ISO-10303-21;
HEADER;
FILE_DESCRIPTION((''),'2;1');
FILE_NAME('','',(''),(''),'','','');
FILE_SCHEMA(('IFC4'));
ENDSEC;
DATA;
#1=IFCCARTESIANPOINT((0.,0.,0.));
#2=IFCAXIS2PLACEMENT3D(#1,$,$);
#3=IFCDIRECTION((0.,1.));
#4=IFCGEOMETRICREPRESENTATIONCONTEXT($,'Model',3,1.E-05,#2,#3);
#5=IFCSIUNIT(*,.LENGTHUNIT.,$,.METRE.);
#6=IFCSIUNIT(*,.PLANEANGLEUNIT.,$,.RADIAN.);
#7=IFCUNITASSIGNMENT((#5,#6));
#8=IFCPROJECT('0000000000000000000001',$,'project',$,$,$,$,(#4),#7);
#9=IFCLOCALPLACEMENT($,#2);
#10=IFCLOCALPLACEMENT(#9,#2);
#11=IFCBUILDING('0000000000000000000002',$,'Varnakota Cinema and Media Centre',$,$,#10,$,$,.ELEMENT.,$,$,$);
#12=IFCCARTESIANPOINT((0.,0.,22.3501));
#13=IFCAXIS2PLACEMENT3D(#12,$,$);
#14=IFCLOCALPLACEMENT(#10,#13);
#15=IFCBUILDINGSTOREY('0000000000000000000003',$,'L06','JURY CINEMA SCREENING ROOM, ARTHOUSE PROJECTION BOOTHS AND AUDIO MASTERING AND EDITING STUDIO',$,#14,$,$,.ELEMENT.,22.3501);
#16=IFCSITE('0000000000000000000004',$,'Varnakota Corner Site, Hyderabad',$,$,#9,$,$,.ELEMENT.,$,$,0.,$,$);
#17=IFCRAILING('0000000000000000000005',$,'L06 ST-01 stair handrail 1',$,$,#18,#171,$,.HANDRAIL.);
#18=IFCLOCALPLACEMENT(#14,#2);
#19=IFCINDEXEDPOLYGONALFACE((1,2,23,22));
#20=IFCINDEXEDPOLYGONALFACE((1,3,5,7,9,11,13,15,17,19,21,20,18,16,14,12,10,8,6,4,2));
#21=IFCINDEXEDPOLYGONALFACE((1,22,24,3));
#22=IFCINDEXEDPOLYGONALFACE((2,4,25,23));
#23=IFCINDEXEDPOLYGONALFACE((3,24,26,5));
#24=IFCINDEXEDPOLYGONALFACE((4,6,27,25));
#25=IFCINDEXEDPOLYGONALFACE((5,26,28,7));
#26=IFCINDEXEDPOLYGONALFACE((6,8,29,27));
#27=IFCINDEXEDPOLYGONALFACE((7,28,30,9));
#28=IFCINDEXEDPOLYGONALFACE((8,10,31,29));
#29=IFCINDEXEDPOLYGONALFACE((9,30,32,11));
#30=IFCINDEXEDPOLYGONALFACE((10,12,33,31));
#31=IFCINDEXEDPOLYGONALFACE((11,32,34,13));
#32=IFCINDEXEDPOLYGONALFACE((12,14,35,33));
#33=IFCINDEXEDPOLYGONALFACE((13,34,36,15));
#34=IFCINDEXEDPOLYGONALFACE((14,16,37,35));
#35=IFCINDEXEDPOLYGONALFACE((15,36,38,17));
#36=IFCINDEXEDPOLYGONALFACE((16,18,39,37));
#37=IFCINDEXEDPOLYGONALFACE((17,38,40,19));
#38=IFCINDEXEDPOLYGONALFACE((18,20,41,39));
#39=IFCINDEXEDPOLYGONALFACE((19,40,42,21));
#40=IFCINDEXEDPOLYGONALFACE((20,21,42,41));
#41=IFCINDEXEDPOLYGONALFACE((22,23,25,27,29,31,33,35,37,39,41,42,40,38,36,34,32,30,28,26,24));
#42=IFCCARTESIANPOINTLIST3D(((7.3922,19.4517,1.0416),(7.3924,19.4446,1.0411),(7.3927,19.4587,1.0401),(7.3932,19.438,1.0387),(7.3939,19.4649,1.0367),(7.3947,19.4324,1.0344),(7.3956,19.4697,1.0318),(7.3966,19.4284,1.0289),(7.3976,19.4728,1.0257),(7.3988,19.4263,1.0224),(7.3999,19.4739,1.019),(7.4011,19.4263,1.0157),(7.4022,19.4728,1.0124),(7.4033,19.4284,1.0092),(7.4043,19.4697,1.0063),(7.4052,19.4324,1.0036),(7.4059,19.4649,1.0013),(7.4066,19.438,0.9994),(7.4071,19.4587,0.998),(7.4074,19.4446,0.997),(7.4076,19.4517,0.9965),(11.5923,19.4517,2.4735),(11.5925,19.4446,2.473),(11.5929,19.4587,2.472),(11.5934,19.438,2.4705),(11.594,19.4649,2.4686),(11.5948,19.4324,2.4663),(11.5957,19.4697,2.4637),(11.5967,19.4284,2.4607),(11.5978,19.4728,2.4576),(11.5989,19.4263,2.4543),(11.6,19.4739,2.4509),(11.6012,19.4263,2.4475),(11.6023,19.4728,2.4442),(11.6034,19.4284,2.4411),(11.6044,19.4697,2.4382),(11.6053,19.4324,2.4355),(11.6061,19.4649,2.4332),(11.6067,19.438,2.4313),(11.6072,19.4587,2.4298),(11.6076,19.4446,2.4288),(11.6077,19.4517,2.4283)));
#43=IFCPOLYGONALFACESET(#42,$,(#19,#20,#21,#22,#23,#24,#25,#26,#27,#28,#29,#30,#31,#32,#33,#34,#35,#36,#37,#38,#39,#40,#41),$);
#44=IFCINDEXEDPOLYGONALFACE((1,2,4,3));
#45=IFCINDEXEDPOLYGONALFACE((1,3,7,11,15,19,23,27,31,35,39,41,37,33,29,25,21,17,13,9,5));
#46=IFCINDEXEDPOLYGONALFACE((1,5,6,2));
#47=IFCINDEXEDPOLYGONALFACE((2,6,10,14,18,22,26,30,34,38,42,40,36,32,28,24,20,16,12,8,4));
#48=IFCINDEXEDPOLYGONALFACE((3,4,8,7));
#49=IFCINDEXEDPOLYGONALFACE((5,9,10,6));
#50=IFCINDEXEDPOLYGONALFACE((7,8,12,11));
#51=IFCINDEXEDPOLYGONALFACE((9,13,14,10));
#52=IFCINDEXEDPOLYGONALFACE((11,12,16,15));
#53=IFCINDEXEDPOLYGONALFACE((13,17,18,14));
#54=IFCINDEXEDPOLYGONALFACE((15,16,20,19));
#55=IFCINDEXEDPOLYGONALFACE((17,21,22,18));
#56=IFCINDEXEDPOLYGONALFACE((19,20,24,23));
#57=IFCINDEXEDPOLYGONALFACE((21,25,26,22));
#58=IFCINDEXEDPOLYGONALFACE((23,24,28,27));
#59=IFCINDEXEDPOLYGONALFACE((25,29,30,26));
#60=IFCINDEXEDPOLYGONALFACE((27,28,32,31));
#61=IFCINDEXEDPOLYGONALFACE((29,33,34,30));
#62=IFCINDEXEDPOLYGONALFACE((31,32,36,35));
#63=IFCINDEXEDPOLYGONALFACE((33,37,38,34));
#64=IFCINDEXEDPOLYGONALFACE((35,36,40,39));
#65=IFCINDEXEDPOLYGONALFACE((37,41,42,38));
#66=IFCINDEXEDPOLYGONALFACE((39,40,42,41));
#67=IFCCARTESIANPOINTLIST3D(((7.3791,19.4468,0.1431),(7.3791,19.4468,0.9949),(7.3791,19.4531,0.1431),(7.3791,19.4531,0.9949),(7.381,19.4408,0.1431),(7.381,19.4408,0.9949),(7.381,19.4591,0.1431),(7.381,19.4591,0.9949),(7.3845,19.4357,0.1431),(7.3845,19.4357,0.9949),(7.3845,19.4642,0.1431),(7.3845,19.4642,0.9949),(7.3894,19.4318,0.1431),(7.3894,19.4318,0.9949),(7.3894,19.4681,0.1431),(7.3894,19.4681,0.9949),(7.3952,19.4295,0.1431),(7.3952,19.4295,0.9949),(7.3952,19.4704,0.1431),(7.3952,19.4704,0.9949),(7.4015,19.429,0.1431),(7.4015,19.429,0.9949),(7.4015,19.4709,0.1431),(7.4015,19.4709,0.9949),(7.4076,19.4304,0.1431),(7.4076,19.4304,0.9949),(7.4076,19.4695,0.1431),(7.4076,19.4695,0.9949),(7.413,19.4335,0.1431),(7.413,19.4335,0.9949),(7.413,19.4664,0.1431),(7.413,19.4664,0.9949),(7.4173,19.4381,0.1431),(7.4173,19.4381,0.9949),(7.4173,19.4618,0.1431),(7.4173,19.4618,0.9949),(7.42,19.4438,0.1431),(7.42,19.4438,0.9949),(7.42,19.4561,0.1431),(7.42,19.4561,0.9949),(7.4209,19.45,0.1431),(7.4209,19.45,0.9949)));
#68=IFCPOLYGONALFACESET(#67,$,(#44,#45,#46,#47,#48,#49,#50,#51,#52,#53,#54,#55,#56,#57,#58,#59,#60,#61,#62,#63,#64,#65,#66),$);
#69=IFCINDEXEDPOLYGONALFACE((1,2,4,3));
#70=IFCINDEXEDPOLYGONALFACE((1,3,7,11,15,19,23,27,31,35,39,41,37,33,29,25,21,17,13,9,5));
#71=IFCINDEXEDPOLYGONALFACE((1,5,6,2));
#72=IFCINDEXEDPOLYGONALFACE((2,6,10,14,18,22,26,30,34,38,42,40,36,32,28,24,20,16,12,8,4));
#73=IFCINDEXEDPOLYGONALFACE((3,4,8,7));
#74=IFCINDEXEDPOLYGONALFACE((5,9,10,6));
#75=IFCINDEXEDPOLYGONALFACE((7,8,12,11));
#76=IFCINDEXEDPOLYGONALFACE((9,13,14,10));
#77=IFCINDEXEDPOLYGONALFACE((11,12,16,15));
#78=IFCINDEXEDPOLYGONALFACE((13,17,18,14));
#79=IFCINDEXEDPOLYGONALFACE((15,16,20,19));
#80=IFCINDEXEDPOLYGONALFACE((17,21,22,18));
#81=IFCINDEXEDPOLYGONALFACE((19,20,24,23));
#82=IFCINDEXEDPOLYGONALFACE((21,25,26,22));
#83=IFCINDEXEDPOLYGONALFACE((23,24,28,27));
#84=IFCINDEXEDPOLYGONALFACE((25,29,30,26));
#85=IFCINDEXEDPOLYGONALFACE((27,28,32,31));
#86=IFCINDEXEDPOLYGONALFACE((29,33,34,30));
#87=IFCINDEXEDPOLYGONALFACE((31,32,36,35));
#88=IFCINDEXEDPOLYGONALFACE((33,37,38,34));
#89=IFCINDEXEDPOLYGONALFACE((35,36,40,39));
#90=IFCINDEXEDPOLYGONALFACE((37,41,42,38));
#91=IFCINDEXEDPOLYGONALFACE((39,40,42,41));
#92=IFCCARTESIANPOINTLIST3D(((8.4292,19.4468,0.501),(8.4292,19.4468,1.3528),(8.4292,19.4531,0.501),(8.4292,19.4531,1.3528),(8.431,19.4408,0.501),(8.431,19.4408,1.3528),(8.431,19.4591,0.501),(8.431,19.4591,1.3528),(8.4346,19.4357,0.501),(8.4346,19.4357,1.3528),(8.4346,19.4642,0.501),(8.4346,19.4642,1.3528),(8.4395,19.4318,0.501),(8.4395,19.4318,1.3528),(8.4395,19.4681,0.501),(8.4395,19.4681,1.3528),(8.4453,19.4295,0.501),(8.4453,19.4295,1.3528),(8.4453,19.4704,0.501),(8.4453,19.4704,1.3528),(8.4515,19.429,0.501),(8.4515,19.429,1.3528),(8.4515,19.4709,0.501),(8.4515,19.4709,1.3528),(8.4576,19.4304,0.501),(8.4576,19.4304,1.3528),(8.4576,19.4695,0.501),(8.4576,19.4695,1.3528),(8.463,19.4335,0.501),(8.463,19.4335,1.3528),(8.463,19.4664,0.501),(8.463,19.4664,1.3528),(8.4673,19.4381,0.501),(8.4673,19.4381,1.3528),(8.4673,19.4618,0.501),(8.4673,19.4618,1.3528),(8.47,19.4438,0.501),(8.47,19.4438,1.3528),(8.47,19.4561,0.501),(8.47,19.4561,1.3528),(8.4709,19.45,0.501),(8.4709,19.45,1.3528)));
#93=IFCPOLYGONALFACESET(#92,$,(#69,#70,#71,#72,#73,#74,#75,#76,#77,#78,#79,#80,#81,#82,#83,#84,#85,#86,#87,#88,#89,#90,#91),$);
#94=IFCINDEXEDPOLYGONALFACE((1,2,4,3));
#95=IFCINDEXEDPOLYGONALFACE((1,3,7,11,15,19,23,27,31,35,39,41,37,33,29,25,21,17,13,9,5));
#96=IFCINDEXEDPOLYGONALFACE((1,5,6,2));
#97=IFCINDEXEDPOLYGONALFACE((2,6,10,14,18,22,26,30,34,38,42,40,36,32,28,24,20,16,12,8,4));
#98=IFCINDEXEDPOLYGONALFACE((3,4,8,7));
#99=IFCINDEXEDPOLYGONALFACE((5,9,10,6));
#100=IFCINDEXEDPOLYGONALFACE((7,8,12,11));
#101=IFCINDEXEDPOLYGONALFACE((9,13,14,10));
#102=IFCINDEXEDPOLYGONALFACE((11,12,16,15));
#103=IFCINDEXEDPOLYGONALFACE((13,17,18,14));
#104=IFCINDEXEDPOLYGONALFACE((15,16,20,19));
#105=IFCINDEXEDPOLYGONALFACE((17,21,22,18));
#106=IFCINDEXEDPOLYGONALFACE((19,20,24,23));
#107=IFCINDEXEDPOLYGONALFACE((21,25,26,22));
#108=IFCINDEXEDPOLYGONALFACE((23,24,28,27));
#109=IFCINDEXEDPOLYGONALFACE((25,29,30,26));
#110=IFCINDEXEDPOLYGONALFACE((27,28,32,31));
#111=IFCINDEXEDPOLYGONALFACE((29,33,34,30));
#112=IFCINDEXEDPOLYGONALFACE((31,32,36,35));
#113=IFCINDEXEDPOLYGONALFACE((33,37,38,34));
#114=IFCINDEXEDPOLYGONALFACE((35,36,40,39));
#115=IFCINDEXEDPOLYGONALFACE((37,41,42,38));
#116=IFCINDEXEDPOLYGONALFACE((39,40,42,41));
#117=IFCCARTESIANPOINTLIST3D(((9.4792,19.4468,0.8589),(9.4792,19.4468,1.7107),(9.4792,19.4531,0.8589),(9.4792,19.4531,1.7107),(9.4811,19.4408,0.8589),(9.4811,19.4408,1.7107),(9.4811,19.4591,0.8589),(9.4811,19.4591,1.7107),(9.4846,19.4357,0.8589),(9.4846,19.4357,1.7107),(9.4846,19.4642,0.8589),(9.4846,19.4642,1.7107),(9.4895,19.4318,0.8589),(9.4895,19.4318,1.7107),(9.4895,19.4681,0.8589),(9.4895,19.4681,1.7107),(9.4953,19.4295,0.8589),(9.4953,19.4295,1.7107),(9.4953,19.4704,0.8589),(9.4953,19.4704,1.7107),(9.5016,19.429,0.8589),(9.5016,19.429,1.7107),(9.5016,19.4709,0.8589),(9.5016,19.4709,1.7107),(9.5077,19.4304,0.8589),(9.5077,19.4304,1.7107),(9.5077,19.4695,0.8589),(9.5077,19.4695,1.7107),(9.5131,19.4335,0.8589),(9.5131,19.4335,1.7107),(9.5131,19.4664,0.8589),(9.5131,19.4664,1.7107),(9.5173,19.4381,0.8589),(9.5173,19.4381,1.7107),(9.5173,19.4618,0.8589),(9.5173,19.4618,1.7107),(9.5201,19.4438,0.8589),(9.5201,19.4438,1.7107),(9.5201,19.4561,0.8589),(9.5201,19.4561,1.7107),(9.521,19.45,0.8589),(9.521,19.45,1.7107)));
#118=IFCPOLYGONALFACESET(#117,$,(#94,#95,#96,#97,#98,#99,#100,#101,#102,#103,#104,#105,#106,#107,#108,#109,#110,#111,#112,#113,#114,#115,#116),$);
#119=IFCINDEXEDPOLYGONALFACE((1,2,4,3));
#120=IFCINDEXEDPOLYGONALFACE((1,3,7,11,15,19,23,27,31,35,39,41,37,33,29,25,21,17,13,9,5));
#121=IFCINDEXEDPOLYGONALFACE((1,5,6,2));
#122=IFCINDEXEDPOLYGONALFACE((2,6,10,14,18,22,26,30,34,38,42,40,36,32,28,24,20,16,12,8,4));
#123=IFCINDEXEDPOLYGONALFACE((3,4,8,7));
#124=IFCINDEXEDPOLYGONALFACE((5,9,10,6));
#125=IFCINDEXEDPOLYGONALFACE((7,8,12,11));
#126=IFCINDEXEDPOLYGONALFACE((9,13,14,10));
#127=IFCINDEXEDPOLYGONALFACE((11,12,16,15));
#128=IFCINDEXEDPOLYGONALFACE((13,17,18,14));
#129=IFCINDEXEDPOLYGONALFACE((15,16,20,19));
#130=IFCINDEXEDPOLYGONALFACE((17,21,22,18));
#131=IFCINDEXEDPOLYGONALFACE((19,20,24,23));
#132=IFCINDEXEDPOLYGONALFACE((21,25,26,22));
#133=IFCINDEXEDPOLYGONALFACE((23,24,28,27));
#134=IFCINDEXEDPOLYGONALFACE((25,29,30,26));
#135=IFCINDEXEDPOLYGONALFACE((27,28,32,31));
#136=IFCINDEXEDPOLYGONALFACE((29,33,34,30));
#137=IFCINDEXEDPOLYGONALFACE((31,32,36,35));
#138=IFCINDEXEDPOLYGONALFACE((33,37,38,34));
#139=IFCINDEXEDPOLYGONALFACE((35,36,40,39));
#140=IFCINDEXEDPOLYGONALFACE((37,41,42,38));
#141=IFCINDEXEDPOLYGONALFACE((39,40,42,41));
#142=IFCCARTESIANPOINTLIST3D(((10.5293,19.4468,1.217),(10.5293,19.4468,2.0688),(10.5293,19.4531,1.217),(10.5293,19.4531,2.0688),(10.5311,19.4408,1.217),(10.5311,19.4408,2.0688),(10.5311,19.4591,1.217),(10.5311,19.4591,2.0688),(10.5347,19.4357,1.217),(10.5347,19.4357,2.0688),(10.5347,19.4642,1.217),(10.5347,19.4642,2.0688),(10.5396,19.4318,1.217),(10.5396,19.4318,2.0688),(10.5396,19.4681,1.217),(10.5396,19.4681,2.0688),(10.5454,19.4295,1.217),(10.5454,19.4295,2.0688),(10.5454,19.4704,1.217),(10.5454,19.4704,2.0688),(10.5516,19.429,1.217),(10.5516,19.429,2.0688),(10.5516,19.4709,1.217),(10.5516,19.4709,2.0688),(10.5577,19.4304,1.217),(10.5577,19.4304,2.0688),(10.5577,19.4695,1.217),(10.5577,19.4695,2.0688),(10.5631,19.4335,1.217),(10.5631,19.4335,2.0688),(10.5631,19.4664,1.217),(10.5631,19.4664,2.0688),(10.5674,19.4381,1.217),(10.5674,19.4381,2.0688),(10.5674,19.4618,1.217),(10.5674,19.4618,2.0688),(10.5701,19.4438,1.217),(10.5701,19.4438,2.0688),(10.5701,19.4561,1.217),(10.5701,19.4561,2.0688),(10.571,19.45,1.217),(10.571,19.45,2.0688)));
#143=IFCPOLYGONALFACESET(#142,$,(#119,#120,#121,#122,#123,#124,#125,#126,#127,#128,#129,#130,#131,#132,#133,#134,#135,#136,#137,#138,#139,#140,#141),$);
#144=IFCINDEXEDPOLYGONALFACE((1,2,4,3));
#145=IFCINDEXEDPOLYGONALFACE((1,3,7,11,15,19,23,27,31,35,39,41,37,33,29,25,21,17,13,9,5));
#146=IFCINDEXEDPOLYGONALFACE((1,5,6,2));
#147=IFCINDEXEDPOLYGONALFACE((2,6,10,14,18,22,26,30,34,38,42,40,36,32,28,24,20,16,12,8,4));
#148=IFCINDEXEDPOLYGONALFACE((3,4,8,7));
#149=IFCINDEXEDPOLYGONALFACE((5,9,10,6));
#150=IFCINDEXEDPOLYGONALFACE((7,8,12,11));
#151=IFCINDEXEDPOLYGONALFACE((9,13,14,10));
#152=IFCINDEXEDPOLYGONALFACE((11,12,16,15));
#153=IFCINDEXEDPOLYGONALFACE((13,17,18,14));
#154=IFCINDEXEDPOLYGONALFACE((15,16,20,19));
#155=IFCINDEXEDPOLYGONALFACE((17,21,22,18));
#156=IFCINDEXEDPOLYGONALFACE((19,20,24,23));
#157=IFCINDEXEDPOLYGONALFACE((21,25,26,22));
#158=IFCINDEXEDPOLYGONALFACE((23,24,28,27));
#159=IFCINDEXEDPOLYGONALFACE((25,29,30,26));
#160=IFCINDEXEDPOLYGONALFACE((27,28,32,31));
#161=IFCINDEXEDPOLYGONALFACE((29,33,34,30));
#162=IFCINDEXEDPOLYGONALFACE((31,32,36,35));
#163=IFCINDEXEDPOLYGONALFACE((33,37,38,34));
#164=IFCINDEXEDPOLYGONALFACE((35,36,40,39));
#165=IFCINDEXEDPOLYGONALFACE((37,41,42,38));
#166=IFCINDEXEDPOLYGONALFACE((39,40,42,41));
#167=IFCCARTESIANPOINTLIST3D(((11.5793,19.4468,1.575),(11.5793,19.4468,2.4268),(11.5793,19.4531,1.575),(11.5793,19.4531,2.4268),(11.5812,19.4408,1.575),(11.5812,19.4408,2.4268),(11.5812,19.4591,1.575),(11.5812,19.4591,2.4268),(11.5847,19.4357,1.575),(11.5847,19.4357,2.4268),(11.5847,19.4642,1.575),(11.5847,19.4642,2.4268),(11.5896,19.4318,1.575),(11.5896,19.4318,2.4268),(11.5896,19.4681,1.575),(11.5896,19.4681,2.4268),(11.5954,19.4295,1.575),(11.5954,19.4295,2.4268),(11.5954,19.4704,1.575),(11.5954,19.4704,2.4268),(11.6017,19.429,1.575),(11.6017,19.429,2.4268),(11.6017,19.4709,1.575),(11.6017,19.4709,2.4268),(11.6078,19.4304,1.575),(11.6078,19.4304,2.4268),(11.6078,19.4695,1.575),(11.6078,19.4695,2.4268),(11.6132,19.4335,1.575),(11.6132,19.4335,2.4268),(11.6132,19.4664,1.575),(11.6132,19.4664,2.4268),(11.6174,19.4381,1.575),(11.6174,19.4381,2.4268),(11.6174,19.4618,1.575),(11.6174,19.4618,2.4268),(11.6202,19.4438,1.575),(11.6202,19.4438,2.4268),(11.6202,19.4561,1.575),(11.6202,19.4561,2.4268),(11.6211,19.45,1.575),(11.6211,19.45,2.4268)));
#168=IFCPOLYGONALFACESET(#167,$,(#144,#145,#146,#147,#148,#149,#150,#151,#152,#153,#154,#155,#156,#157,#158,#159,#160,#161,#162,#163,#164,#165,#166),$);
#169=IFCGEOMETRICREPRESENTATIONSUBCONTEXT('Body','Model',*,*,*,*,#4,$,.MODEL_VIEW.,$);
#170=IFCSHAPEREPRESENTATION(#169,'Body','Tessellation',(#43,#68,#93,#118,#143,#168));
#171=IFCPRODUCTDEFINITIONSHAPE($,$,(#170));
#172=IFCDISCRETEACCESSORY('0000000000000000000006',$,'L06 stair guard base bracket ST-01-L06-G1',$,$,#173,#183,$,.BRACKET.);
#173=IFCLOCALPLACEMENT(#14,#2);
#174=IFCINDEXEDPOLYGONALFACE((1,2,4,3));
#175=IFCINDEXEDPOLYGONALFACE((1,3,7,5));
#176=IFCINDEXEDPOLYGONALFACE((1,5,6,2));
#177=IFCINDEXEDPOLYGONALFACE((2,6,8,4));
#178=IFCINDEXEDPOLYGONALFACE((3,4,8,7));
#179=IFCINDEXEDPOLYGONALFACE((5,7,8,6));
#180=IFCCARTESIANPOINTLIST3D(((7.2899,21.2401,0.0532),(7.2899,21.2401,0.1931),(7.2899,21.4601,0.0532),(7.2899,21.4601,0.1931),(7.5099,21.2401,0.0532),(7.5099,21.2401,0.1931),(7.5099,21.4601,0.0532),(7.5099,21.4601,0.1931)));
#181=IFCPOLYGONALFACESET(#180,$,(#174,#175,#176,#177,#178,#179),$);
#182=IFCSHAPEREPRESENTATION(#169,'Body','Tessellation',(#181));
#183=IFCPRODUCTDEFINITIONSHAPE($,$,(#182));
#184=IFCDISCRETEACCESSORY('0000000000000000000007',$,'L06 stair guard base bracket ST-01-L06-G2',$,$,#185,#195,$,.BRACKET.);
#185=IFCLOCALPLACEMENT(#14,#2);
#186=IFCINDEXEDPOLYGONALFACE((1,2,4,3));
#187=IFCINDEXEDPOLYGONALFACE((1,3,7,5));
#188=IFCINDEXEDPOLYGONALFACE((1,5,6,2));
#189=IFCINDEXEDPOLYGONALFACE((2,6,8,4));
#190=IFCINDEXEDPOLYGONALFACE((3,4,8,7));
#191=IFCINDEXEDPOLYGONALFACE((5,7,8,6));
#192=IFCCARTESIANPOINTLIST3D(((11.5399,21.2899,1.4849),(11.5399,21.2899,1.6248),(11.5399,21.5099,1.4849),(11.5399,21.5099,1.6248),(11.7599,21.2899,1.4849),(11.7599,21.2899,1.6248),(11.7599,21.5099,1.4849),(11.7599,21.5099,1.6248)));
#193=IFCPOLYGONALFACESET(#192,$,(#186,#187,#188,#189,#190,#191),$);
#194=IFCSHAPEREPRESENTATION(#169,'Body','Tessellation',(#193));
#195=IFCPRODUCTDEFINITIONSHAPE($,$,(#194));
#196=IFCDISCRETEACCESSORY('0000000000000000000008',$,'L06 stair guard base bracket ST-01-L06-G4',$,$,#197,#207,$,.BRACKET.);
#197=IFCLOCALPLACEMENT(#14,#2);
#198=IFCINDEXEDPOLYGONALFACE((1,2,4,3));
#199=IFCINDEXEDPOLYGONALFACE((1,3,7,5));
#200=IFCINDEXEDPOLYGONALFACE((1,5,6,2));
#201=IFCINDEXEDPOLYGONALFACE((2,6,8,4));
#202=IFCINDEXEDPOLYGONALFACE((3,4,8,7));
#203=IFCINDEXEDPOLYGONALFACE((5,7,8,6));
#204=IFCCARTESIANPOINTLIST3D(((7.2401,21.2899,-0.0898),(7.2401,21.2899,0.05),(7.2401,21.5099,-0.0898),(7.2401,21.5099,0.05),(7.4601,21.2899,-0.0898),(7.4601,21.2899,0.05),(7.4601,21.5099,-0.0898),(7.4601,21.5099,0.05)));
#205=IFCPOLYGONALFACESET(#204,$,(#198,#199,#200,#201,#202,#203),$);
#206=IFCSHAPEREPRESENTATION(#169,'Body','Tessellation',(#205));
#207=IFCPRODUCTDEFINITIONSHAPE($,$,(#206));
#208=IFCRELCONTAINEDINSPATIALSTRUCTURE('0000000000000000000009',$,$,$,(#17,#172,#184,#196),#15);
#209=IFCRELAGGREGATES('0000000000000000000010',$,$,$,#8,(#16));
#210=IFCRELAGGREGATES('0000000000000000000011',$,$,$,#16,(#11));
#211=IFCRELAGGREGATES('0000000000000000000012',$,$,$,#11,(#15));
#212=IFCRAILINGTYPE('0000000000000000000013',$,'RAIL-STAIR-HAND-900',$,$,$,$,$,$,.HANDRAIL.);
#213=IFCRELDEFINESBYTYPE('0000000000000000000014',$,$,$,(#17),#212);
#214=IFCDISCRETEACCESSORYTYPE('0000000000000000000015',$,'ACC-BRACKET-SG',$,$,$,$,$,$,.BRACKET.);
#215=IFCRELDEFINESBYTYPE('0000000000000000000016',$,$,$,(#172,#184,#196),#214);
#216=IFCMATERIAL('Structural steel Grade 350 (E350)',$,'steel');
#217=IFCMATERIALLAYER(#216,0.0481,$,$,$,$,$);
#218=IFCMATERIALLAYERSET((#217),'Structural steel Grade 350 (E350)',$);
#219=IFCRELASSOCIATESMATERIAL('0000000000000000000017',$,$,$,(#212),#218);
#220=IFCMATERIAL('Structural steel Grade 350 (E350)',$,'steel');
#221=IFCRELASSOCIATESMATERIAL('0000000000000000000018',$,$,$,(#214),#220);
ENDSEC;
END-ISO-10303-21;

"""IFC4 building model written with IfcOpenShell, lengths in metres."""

from ifc_helpers import new_model, si_unit, direction, frame, origin, origin_2d, place, context, subcontext, project, spatial, rectangle, circle, extrude, material, layer, layer_set, type_object, element, save


model = new_model("IFC4")

# Units and contexts
model_context = context("Model", 3, precision=1e-05, world=origin(), true_north=direction((0.0, 1.0)))
body_context = subcontext(model_context, "Body", "Model", "MODEL_VIEW")
ifc_project = project(units=[si_unit("LENGTHUNIT", "METRE"), si_unit("PLANEANGLEUNIT", "RADIAN")], contexts=[model_context])

# Site, building, storey
site_placement = place(None, origin())
site = spatial("IfcSite", under=ifc_project, at=site_placement, Name="Varnakota Corner Site, Hyderabad", CompositionType="ELEMENT", RefElevation=0.0)
building_placement = place(site_placement, origin())
building = spatial("IfcBuilding", under=site, at=building_placement, Name="Varnakota Cinema and Media Centre", CompositionType="ELEMENT")
storey_placement = place(building_placement, frame((0.0, 0.0, 22.3501)))
storey = spatial("IfcBuildingStorey", under=building, at=storey_placement, Name="L06", Description="JURY CINEMA SCREENING ROOM, ARTHOUSE PROJECTION BOOTHS AND AUDIO MASTERING AND EDITING STUDIO", CompositionType="ELEMENT", Elevation=22.3501)

# Railing
ifc_material_1 = material(Name="Structural steel Grade 350 (E350)", Category="steel")
ifc_layer_1 = layer(ifc_material_1, 0.0481)
ifc_layer_set_1 = layer_set([ifc_layer_1], Name="Structural steel Grade 350 (E350)")
railing_type_1 = type_object("IfcRailingType", Name="RAIL-STAIR-HAND-900", PredefinedType="HANDRAIL", material=ifc_layer_set_1)
railing_1_placement = place(storey_placement, frame((7.3999, 19.45, 0.1431)))
element("IfcRailing", 1, at=railing_1_placement, inside=storey, type_object=railing_type_1, Name="L06 ST-01 stair handrail 1", PredefinedType="HANDRAIL", context=body_context, shape_type="SweptSolid", body=[
    extrude(circle(Radius=0.0239, at=origin_2d()), frame((0.0, 0.0, 0.876), z_axis=(0.94651, 0.0, 0.322674), x_axis=(0.0, 1.0, 0.0)), (0.0, 0.0, 1.0), 4.4375),
    extrude(circle(Radius=0.021, at=origin_2d()), origin(), (0.0, 0.0, 1.0), 0.8518),
    extrude(circle(Radius=0.021, at=origin_2d()), frame((1.05, 0.0, 0.3579)), (0.0, 0.0, 1.0), 0.8518),
    extrude(circle(Radius=0.021, at=origin_2d()), frame((2.1001, 0.0, 0.7158)), (0.0, 0.0, 1.0), 0.8518),
    extrude(circle(Radius=0.021, at=origin_2d()), frame((3.1501, 0.0, 1.074)), (0.0, 0.0, 1.0), 0.8518),
    extrude(circle(Radius=0.021, at=origin_2d()), frame((4.2002, 0.0, 1.4319)), (0.0, 0.0, 1.0), 0.8518),
])

# Discrete accessories
ifc_material_2 = material(Name="Structural steel Grade 350 (E350)", Category="steel")
discrete_accessory_type = type_object("IfcDiscreteAccessoryType", Name="ACC-BRACKET-SG", PredefinedType="BRACKET", material=ifc_material_2)
for number, where, z_axis, x_axis, name in (
    (2, (7.3999, 21.3501, 0.0532), (0.0, 0.0, 1.0), (1.0, 0.0, 0.0), "L06 stair guard base bracket ST-01-L06-G1"),
    (3, (11.6499, 21.3999, 1.4849), (0.0, 0.0, 1.0), (1.0, 0.0, 0.0), "L06 stair guard base bracket ST-01-L06-G2"),
    (4, (7.3501, 21.3999, -0.0898), (0.0, 0.0, 1.0), (1.0, 0.0, 0.0), "L06 stair guard base bracket ST-01-L06-G4"),
):
    element("IfcDiscreteAccessory", number, at=place(storey_placement, frame(where, z_axis=z_axis, x_axis=x_axis)), inside=storey, type_object=discrete_accessory_type, Name=name, PredefinedType="BRACKET", context=body_context, shape_type="SweptSolid", body=[
        extrude(rectangle(XDim=0.22, YDim=0.22, at=origin_2d()), origin(), (0.0, 0.0, 1.0), 0.1399),
    ])

save(model, "model.ifc")
